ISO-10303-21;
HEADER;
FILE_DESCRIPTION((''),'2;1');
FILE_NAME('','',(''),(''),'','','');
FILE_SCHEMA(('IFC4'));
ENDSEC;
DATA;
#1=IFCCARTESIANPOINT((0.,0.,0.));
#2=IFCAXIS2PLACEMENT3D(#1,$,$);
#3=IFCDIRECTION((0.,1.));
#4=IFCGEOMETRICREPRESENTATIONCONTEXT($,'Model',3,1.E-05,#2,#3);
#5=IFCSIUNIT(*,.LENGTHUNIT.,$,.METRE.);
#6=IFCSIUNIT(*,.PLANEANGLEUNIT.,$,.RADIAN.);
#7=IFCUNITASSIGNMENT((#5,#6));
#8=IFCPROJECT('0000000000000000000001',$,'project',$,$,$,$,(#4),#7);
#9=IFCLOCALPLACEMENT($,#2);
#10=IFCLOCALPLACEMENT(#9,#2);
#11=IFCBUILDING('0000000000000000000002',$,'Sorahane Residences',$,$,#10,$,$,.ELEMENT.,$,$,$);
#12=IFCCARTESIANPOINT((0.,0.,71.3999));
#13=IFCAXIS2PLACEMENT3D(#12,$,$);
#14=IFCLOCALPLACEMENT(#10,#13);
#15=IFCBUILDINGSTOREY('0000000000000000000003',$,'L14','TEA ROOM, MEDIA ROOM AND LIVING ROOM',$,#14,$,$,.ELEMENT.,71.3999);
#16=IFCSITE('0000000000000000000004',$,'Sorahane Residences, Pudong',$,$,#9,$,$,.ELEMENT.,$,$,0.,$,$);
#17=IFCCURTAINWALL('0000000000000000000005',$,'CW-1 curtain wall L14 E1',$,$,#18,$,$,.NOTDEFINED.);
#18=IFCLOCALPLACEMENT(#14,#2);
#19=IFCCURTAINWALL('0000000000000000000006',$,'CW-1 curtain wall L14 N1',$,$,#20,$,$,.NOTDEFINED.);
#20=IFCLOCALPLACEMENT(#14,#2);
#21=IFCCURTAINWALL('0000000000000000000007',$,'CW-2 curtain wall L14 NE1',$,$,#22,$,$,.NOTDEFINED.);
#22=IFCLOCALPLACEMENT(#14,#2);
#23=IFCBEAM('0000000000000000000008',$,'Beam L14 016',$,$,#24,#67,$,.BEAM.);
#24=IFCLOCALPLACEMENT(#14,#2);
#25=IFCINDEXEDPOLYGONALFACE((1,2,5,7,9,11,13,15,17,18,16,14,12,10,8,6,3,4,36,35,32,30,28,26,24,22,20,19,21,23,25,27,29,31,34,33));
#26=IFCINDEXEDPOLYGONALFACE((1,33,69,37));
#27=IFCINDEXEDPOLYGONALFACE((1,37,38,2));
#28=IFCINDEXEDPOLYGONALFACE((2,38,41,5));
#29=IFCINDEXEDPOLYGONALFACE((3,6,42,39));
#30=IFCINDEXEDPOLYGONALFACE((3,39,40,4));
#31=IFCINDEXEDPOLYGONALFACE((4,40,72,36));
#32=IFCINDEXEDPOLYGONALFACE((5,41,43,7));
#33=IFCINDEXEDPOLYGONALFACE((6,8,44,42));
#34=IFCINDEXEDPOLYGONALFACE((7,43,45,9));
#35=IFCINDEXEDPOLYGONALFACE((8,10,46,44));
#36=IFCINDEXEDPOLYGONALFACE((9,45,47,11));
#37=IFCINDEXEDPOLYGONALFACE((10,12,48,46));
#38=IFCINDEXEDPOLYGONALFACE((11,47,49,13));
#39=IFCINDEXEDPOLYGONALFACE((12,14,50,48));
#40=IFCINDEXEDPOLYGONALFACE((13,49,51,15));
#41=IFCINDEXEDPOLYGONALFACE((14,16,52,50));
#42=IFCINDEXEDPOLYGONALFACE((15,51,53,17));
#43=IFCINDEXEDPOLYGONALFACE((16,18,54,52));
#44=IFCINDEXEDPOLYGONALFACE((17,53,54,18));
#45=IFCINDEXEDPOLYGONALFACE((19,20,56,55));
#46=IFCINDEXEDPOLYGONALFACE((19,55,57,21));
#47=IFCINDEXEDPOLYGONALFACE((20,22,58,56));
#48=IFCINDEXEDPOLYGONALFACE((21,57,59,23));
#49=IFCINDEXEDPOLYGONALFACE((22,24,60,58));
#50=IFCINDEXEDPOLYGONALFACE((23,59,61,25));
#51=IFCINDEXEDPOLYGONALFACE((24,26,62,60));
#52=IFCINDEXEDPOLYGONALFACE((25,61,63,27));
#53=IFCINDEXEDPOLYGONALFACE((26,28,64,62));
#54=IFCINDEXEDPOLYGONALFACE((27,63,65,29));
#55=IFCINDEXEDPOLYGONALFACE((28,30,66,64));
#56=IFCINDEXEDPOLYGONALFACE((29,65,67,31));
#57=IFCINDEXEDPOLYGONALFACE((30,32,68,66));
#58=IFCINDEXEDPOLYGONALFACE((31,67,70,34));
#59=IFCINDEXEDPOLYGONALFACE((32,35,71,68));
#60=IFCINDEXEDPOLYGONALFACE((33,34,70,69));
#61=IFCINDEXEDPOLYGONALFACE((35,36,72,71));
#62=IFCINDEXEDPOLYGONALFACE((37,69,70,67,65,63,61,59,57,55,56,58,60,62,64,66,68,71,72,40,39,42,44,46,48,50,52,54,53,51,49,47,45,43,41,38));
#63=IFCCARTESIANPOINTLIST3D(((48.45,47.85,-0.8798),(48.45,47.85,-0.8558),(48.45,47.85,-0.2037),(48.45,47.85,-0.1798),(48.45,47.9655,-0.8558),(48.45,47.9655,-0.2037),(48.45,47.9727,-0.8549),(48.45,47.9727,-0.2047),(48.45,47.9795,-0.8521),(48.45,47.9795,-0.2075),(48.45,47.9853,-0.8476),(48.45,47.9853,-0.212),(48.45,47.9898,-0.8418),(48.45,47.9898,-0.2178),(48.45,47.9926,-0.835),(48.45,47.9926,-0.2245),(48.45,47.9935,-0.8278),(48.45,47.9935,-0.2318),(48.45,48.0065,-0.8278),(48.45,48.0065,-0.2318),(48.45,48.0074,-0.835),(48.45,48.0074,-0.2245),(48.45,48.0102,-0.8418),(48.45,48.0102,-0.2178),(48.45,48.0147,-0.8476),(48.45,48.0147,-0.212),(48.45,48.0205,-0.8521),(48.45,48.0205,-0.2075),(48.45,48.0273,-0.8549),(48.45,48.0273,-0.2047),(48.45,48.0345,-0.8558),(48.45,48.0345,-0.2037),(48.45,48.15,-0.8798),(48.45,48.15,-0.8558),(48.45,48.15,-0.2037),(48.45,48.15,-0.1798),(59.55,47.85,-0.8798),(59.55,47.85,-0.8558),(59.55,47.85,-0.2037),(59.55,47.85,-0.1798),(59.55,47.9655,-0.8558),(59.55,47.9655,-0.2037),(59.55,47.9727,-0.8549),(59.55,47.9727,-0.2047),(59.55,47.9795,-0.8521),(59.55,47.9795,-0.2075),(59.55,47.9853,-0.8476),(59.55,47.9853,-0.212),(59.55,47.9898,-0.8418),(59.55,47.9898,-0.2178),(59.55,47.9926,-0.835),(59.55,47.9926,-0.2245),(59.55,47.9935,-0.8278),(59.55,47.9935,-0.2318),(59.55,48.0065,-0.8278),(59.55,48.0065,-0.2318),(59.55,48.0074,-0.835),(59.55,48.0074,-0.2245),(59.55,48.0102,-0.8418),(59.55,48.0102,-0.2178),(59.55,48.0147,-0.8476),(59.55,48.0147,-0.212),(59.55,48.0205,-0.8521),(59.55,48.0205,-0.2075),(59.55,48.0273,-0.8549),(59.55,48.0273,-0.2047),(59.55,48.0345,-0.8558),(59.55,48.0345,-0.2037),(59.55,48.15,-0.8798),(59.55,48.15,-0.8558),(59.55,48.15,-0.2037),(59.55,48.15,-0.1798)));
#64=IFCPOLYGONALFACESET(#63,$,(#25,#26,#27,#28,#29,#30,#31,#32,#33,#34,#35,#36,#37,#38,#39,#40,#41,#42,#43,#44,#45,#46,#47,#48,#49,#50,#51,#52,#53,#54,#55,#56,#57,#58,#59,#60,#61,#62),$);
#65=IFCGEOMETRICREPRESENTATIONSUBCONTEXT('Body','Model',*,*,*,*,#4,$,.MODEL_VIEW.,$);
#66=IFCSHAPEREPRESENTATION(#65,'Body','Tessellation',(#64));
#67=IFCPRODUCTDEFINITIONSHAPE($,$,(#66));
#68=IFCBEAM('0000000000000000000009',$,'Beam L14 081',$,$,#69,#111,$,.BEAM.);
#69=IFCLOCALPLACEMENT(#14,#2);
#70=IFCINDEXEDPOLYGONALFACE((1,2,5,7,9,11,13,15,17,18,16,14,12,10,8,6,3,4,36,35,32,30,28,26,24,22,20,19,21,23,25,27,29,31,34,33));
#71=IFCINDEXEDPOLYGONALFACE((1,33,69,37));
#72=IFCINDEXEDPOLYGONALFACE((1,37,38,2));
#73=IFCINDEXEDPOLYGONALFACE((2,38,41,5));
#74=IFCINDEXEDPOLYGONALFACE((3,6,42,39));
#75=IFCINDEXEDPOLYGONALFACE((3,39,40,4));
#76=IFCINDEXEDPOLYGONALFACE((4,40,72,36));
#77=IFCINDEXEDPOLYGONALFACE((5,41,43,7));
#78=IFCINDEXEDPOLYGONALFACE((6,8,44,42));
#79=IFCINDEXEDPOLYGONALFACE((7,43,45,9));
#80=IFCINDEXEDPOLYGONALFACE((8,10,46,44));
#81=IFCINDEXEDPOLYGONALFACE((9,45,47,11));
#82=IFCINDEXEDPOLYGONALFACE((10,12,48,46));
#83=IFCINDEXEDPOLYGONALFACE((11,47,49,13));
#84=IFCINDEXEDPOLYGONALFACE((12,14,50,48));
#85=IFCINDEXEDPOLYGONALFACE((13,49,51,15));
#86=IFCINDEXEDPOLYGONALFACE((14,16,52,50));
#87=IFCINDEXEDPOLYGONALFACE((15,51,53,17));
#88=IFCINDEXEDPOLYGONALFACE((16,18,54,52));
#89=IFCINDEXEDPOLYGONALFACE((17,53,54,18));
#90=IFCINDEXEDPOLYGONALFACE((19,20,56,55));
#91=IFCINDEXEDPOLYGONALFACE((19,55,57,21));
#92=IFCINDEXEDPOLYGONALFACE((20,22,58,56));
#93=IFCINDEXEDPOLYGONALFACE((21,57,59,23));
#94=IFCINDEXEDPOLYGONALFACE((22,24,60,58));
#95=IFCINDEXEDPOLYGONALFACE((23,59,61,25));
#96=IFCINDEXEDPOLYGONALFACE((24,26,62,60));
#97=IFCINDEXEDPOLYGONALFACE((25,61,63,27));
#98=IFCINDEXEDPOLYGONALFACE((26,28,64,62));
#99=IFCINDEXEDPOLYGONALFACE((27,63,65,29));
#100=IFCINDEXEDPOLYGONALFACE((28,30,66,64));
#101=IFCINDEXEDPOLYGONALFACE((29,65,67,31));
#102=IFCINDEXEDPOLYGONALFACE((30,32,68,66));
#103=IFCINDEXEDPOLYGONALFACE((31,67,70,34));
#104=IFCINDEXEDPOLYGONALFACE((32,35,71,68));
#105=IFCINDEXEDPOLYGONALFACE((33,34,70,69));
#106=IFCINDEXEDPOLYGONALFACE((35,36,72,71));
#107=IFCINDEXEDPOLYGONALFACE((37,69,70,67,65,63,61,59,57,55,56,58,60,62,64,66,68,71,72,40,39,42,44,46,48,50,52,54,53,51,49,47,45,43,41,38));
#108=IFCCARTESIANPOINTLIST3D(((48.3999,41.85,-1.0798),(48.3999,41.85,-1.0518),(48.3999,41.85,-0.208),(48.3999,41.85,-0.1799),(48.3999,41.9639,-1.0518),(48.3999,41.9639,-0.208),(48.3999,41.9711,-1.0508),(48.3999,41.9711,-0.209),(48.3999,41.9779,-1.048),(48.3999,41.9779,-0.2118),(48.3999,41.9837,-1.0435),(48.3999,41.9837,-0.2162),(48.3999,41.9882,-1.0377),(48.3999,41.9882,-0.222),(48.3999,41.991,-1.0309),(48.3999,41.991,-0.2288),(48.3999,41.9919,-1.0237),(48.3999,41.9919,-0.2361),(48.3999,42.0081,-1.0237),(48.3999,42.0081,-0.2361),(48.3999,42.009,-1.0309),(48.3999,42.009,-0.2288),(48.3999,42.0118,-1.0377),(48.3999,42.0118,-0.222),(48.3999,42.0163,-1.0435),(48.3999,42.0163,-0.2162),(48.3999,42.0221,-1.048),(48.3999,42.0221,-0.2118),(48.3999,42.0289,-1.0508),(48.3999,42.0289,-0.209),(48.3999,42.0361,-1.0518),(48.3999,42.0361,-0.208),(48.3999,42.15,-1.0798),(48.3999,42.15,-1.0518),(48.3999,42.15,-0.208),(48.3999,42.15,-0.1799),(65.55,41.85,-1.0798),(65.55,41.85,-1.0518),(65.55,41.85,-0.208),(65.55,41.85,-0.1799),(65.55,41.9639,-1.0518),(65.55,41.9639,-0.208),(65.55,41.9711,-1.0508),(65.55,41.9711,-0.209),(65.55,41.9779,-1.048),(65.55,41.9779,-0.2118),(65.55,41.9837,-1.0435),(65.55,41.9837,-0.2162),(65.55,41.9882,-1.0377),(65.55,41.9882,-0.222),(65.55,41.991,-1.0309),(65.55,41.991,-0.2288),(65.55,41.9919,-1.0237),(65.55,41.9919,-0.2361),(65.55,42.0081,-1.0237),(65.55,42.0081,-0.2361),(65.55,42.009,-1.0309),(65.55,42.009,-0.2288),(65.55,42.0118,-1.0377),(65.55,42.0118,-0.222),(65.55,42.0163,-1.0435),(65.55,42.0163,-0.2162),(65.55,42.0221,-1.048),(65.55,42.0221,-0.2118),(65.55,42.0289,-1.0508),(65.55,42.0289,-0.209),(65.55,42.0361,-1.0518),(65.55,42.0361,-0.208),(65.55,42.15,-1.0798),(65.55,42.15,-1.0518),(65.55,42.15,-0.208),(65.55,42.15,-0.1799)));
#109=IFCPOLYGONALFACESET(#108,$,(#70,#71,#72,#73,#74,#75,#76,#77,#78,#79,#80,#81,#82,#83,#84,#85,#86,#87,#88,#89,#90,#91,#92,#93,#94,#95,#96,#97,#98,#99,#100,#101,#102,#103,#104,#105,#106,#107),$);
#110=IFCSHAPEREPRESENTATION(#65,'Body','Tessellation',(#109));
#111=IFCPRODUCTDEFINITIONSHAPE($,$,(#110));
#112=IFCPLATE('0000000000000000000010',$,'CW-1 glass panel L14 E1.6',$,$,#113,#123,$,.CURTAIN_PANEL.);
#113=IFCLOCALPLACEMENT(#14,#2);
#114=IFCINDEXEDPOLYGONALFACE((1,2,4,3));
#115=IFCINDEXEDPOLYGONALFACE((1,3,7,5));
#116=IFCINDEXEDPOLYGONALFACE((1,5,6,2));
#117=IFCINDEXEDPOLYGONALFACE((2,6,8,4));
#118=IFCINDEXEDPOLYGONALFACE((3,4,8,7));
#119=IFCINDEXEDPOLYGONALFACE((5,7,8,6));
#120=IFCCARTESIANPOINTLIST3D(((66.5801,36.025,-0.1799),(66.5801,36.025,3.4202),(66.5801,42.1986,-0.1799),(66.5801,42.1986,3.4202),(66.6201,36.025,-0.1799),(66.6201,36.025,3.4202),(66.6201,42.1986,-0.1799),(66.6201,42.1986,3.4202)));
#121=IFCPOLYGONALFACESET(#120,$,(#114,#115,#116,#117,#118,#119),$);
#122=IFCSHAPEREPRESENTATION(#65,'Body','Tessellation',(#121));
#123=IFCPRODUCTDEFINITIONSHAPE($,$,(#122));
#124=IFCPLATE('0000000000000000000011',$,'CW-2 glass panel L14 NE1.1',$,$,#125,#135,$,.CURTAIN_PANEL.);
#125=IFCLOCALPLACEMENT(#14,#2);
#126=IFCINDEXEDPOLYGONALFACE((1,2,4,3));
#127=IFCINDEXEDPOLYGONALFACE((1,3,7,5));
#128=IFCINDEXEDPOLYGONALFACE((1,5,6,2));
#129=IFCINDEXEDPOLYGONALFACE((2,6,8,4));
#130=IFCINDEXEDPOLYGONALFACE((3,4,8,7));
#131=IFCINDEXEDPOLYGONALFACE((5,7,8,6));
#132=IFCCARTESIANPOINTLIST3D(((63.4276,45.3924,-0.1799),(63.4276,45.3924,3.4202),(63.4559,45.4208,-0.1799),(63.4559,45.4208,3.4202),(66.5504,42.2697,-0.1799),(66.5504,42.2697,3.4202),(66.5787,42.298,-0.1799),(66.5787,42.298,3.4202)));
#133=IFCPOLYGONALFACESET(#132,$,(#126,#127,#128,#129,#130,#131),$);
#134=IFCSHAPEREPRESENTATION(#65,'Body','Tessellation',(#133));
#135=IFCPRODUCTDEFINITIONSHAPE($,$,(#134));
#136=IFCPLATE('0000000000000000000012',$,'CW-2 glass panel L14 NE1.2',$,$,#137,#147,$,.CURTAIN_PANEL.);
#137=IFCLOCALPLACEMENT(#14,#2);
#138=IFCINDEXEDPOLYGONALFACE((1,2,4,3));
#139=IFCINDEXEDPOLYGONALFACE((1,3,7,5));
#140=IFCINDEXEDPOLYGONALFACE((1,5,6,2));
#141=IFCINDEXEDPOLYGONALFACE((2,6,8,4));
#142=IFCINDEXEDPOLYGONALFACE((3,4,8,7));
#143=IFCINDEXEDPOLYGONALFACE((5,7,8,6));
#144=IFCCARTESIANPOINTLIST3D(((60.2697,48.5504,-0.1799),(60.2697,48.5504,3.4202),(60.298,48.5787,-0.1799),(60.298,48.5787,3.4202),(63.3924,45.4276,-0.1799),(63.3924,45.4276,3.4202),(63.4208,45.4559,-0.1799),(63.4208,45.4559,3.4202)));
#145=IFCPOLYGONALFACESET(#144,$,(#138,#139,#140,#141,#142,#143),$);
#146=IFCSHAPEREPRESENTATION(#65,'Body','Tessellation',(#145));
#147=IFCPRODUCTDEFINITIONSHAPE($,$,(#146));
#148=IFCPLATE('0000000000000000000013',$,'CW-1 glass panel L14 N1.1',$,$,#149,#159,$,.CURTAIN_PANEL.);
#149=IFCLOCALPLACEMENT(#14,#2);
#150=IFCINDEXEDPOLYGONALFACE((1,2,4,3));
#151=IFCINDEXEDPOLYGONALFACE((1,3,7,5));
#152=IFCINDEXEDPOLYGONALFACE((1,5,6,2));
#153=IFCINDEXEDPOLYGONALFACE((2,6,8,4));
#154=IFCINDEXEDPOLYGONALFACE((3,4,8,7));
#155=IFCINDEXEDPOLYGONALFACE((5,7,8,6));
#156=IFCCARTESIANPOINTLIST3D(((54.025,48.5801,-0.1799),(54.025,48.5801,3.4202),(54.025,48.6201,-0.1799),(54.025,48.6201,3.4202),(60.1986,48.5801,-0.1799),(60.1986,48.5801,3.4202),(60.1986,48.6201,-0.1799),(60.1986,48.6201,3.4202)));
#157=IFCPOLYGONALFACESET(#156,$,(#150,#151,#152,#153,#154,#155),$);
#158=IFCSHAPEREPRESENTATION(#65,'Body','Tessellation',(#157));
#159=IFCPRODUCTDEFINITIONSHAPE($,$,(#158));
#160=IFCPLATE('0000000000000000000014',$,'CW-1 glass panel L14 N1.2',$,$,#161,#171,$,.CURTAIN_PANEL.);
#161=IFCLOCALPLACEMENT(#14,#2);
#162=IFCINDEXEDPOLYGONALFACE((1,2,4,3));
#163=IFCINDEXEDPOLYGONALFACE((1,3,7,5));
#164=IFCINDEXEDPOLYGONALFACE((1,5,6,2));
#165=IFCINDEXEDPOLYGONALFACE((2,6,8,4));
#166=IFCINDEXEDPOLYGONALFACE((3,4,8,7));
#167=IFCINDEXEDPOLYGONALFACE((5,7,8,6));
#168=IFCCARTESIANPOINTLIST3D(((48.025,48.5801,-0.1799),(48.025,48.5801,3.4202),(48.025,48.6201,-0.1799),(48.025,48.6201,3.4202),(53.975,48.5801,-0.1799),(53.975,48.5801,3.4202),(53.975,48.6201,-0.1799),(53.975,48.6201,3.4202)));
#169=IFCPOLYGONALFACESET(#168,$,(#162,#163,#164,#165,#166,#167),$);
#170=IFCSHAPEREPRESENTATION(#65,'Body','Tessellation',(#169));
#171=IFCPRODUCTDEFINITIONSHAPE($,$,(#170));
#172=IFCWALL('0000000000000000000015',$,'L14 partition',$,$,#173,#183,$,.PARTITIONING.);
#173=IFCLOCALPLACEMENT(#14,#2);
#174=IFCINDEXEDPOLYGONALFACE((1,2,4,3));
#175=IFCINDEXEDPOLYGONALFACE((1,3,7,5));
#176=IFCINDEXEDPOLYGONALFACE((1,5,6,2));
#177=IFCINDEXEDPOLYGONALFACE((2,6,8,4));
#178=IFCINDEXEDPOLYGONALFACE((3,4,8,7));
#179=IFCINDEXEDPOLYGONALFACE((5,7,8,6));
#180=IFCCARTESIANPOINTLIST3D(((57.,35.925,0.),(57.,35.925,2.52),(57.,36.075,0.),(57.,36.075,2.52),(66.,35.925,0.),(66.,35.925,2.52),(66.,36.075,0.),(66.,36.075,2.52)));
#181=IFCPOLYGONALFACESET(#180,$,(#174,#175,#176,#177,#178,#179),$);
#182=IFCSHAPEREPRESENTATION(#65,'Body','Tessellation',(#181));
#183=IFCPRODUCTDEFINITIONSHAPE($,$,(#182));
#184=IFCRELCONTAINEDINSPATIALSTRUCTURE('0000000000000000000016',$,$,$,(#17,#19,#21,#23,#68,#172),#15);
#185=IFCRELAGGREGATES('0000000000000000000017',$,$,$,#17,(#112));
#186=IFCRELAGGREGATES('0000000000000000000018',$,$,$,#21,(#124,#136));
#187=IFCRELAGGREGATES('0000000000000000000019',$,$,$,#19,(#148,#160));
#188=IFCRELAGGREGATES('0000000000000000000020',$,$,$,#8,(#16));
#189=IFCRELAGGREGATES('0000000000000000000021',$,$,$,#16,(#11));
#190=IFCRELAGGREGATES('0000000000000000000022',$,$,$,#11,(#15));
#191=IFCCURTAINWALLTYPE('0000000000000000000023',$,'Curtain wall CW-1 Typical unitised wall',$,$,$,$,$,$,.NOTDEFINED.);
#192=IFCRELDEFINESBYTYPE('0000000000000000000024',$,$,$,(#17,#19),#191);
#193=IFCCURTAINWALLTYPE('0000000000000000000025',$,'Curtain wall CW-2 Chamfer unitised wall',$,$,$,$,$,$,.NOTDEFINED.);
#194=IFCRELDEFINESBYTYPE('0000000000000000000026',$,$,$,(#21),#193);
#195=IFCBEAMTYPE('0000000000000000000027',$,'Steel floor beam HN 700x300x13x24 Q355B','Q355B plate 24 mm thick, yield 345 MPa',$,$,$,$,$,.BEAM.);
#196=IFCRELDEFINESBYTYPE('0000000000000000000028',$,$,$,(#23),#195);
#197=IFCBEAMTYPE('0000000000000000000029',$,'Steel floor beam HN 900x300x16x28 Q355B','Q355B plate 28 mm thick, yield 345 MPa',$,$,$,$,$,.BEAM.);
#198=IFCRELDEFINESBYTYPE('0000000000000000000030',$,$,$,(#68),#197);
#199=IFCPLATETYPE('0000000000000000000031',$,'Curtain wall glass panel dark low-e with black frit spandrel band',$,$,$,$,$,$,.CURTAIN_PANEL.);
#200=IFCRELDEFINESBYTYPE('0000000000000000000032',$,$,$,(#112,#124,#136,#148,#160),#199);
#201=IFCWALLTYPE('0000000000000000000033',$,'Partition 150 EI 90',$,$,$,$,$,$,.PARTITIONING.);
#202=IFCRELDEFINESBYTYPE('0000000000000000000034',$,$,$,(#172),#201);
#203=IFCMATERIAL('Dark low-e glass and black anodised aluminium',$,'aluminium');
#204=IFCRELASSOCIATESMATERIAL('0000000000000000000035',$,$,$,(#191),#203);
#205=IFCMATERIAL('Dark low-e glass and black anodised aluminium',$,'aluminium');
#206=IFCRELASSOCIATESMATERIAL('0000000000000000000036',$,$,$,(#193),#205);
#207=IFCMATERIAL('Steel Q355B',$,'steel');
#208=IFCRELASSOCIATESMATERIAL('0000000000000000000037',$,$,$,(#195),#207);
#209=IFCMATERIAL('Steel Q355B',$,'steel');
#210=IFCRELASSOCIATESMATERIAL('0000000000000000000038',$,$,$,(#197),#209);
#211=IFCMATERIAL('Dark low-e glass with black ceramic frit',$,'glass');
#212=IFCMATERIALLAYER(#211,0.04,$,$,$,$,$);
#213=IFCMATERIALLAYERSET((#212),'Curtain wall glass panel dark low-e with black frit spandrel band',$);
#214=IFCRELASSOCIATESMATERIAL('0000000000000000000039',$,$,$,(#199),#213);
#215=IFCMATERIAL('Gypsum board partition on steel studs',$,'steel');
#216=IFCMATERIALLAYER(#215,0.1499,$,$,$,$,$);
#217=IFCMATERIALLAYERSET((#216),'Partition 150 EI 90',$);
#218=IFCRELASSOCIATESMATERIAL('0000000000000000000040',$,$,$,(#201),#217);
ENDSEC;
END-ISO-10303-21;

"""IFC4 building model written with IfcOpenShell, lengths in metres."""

from ifc_helpers import new_model, si_unit, direction, frame, frame_2d, origin, origin_2d, place, context, subcontext, project, spatial, rectangle, i_section, extrude, material, layer, layer_set, material_profile, profile_set, type_object, element, aggregate, save


model = new_model("IFC4")

# Units and contexts
model_context = context("Model", 3, precision=1e-05, world=origin(), true_north=direction((0.0, 1.0)))
body_context = subcontext(model_context, "Body", "Model", "MODEL_VIEW")
ifc_project = project(units=[si_unit("LENGTHUNIT", "METRE"), si_unit("PLANEANGLEUNIT", "RADIAN")], contexts=[model_context])

# Site, building, storey
site_placement = place(None, origin())
site = spatial("IfcSite", under=ifc_project, at=site_placement, Name="Sorahane Residences, Pudong", CompositionType="ELEMENT", RefElevation=0.0)
building_placement = place(site_placement, origin())
building = spatial("IfcBuilding", under=site, at=building_placement, Name="Sorahane Residences", CompositionType="ELEMENT")
storey_placement = place(building_placement, frame((0.0, 0.0, 71.3999)))
storey = spatial("IfcBuildingStorey", under=building, at=storey_placement, Name="L14", Description="TEA ROOM, MEDIA ROOM AND LIVING ROOM", CompositionType="ELEMENT", Elevation=71.3999)

# Curtain walls
ifc_material_1 = material(Name="Dark low-e glass and black anodised aluminium", Category="aluminium")
curtain_wall_type_1 = type_object("IfcCurtainWallType", Name="Curtain wall CW-1 Typical unitised wall", PredefinedType="NOTDEFINED", material=ifc_material_1)
curtain_wall_1_placement = place(storey_placement, origin())
curtain_wall_1 = element("IfcCurtainWall", 1, at=curtain_wall_1_placement, inside=storey, type_object=curtain_wall_type_1, Name="CW-1 curtain wall L14 E1", PredefinedType="NOTDEFINED")
curtain_wall_2_placement = place(storey_placement, origin())
curtain_wall_2 = element("IfcCurtainWall", 2, at=curtain_wall_2_placement, inside=storey, type_object=curtain_wall_type_1, Name="CW-1 curtain wall L14 N1", PredefinedType="NOTDEFINED")
ifc_material_2 = material(Name="Dark low-e glass and black anodised aluminium", Category="aluminium")
curtain_wall_type_2 = type_object("IfcCurtainWallType", Name="Curtain wall CW-2 Chamfer unitised wall", PredefinedType="NOTDEFINED", material=ifc_material_2)
curtain_wall_3_placement = place(storey_placement, origin())
curtain_wall_3 = element("IfcCurtainWall", 3, at=curtain_wall_3_placement, inside=storey, type_object=curtain_wall_type_2, Name="CW-2 curtain wall L14 NE1", PredefinedType="NOTDEFINED")

# Beams
ifc_material_3 = material(Name="Steel Q355B", Category="steel")
ifc_material_profile_1 = material_profile(ifc_material_3, i_section(OverallWidth=0.3, OverallDepth=0.7, WebThickness=0.0129, FlangeThickness=0.0239, FilletRadius=0.0281, at=origin_2d()), Name="HN 700x300x13x24")
ifc_profile_set_1 = profile_set([ifc_material_profile_1], Name="Steel Q355B")
beam_type_1 = type_object("IfcBeamType", Name="Steel floor beam HN 700x300x13x24 Q355B", Description="Q355B plate 24 mm thick, yield 345 MPa", PredefinedType="BEAM", material=ifc_profile_set_1)
beam_1_placement = place(storey_placement, frame((48.45, 48.0, -0.5298), z_axis=(1.0, 0.0, 0.0), x_axis=(0.0, 1.0, 0.0)))
element("IfcBeam", 4, at=beam_1_placement, inside=storey, type_object=beam_type_1, Name="Beam L14 016", PredefinedType="BEAM", context=body_context, shape_type="SweptSolid", body=[
    extrude(i_section(OverallWidth=0.3, OverallDepth=0.7, WebThickness=0.0129, FlangeThickness=0.0239, FilletRadius=0.0281, at=origin_2d()), origin(), (0.0, 0.0, 1.0), 11.1001),
])
ifc_material_4 = material(Name="Steel Q355B", Category="steel")
ifc_material_profile_2 = material_profile(ifc_material_4, i_section(OverallWidth=0.3, OverallDepth=0.8999, WebThickness=0.0161, FlangeThickness=0.0281, FilletRadius=0.0281, at=origin_2d()), Name="HN 900x300x16x28")
ifc_profile_set_2 = profile_set([ifc_material_profile_2], Name="Steel Q355B")
beam_type_2 = type_object("IfcBeamType", Name="Steel floor beam HN 900x300x16x28 Q355B", Description="Q355B plate 28 mm thick, yield 345 MPa", PredefinedType="BEAM", material=ifc_profile_set_2)
beam_2_placement = place(storey_placement, frame((48.3999, 42.0, -0.6299), z_axis=(1.0, 0.0, 0.0), x_axis=(0.0, 1.0, 0.0)))
element("IfcBeam", 5, at=beam_2_placement, inside=storey, type_object=beam_type_2, Name="Beam L14 081", PredefinedType="BEAM", context=body_context, shape_type="SweptSolid", body=[
    extrude(i_section(OverallWidth=0.3, OverallDepth=0.8999, WebThickness=0.0161, FlangeThickness=0.0281, FilletRadius=0.0281, at=origin_2d()), origin(), (0.0, 0.0, 1.0), 17.1501),
])

# Plates
ifc_material_5 = material(Name="Dark low-e glass with black ceramic frit", Category="glass")
ifc_layer_1 = layer(ifc_material_5, 0.04)
ifc_layer_set_1 = layer_set([ifc_layer_1], Name="Curtain wall glass panel dark low-e with black frit spandrel band")
plate_type = type_object("IfcPlateType", Name="Curtain wall glass panel dark low-e with black frit spandrel band", PredefinedType="CURTAIN_PANEL", material=ifc_layer_set_1)
plate_1_placement = place(storey_placement, frame((66.6001, 39.1118, -0.1799), z_axis=(0.0, 0.0, 1.0), x_axis=(0.0, 1.0, 0.0)))
plate_1 = element("IfcPlate", 6, at=plate_1_placement, type_object=plate_type, Name="CW-1 glass panel L14 E1.6", PredefinedType="CURTAIN_PANEL", context=body_context, shape_type="SweptSolid", body=[
    extrude(rectangle(XDim=6.1736, YDim=0.04, at=origin_2d()), origin(), (0.0, 0.0, 1.0), 3.6001),
])
aggregate(curtain_wall_1, [plate_1])
plate_2_placement = place(storey_placement, frame((65.0032, 43.8452, -0.1799), z_axis=(0.0, 0.0, 1.0), x_axis=(-0.707107, 0.707107, 0.0)))
plate_2 = element("IfcPlate", 7, at=plate_2_placement, type_object=plate_type, Name="CW-2 glass panel L14 NE1.1", PredefinedType="CURTAIN_PANEL", context=body_context, shape_type="SweptSolid", body=[
    extrude(rectangle(XDim=4.4163, YDim=0.04, at=origin_2d()), origin(), (0.0, 0.0, 1.0), 3.6001),
])
plate_3_placement = place(storey_placement, frame((61.8452, 47.0032, -0.1799), z_axis=(0.0, 0.0, 1.0), x_axis=(-0.707107, 0.707107, 0.0)))
plate_3 = element("IfcPlate", 8, at=plate_3_placement, type_object=plate_type, Name="CW-2 glass panel L14 NE1.2", PredefinedType="CURTAIN_PANEL", context=body_context, shape_type="SweptSolid", body=[
    extrude(rectangle(XDim=4.4163, YDim=0.04, at=origin_2d()), origin(), (0.0, 0.0, 1.0), 3.6001),
])
aggregate(curtain_wall_3, [plate_2, plate_3])
plate_4_placement = place(storey_placement, frame((57.1118, 48.6001, -0.1799), z_axis=(0.0, 0.0, 1.0), x_axis=(-1.0, 0.0, 0.0)))
plate_4 = element("IfcPlate", 9, at=plate_4_placement, type_object=plate_type, Name="CW-1 glass panel L14 N1.1", PredefinedType="CURTAIN_PANEL", context=body_context, shape_type="SweptSolid", body=[
    extrude(rectangle(XDim=6.1736, YDim=0.04, at=origin_2d()), origin(), (0.0, 0.0, 1.0), 3.6001),
])
plate_5_placement = place(storey_placement, frame((51.0, 48.6001, -0.1799), z_axis=(0.0, 0.0, 1.0), x_axis=(-1.0, 0.0, 0.0)))
plate_5 = element("IfcPlate", 10, at=plate_5_placement, type_object=plate_type, Name="CW-1 glass panel L14 N1.2", PredefinedType="CURTAIN_PANEL", context=body_context, shape_type="SweptSolid", body=[
    extrude(rectangle(XDim=5.95, YDim=0.04, at=origin_2d()), origin(), (0.0, 0.0, 1.0), 3.6001),
])
aggregate(curtain_wall_2, [plate_4, plate_5])

# Wall
ifc_material_6 = material(Name="Gypsum board partition on steel studs", Category="steel")
ifc_layer_2 = layer(ifc_material_6, 0.1499)
ifc_layer_set_2 = layer_set([ifc_layer_2], Name="Partition 150 EI 90")
wall_type_1 = type_object("IfcWallType", Name="Partition 150 EI 90", PredefinedType="PARTITIONING", material=ifc_layer_set_2)
wall_1_placement = place(storey_placement, frame((57.0, 36.0, 0.0), z_axis=(0.0, 0.0, 1.0), x_axis=(1.0, 0.0, 0.0)))
element("IfcWall", 11, at=wall_1_placement, inside=storey, type_object=wall_type_1, Name="L14 partition", PredefinedType="PARTITIONING", context=body_context, shape_type="SweptSolid", body=[
    extrude(rectangle(XDim=9.0, YDim=0.1499, at=frame_2d((4.5, 0.0))), origin(), (0.0, 0.0, 1.0), 2.52),
])

save(model, "model.ifc")
